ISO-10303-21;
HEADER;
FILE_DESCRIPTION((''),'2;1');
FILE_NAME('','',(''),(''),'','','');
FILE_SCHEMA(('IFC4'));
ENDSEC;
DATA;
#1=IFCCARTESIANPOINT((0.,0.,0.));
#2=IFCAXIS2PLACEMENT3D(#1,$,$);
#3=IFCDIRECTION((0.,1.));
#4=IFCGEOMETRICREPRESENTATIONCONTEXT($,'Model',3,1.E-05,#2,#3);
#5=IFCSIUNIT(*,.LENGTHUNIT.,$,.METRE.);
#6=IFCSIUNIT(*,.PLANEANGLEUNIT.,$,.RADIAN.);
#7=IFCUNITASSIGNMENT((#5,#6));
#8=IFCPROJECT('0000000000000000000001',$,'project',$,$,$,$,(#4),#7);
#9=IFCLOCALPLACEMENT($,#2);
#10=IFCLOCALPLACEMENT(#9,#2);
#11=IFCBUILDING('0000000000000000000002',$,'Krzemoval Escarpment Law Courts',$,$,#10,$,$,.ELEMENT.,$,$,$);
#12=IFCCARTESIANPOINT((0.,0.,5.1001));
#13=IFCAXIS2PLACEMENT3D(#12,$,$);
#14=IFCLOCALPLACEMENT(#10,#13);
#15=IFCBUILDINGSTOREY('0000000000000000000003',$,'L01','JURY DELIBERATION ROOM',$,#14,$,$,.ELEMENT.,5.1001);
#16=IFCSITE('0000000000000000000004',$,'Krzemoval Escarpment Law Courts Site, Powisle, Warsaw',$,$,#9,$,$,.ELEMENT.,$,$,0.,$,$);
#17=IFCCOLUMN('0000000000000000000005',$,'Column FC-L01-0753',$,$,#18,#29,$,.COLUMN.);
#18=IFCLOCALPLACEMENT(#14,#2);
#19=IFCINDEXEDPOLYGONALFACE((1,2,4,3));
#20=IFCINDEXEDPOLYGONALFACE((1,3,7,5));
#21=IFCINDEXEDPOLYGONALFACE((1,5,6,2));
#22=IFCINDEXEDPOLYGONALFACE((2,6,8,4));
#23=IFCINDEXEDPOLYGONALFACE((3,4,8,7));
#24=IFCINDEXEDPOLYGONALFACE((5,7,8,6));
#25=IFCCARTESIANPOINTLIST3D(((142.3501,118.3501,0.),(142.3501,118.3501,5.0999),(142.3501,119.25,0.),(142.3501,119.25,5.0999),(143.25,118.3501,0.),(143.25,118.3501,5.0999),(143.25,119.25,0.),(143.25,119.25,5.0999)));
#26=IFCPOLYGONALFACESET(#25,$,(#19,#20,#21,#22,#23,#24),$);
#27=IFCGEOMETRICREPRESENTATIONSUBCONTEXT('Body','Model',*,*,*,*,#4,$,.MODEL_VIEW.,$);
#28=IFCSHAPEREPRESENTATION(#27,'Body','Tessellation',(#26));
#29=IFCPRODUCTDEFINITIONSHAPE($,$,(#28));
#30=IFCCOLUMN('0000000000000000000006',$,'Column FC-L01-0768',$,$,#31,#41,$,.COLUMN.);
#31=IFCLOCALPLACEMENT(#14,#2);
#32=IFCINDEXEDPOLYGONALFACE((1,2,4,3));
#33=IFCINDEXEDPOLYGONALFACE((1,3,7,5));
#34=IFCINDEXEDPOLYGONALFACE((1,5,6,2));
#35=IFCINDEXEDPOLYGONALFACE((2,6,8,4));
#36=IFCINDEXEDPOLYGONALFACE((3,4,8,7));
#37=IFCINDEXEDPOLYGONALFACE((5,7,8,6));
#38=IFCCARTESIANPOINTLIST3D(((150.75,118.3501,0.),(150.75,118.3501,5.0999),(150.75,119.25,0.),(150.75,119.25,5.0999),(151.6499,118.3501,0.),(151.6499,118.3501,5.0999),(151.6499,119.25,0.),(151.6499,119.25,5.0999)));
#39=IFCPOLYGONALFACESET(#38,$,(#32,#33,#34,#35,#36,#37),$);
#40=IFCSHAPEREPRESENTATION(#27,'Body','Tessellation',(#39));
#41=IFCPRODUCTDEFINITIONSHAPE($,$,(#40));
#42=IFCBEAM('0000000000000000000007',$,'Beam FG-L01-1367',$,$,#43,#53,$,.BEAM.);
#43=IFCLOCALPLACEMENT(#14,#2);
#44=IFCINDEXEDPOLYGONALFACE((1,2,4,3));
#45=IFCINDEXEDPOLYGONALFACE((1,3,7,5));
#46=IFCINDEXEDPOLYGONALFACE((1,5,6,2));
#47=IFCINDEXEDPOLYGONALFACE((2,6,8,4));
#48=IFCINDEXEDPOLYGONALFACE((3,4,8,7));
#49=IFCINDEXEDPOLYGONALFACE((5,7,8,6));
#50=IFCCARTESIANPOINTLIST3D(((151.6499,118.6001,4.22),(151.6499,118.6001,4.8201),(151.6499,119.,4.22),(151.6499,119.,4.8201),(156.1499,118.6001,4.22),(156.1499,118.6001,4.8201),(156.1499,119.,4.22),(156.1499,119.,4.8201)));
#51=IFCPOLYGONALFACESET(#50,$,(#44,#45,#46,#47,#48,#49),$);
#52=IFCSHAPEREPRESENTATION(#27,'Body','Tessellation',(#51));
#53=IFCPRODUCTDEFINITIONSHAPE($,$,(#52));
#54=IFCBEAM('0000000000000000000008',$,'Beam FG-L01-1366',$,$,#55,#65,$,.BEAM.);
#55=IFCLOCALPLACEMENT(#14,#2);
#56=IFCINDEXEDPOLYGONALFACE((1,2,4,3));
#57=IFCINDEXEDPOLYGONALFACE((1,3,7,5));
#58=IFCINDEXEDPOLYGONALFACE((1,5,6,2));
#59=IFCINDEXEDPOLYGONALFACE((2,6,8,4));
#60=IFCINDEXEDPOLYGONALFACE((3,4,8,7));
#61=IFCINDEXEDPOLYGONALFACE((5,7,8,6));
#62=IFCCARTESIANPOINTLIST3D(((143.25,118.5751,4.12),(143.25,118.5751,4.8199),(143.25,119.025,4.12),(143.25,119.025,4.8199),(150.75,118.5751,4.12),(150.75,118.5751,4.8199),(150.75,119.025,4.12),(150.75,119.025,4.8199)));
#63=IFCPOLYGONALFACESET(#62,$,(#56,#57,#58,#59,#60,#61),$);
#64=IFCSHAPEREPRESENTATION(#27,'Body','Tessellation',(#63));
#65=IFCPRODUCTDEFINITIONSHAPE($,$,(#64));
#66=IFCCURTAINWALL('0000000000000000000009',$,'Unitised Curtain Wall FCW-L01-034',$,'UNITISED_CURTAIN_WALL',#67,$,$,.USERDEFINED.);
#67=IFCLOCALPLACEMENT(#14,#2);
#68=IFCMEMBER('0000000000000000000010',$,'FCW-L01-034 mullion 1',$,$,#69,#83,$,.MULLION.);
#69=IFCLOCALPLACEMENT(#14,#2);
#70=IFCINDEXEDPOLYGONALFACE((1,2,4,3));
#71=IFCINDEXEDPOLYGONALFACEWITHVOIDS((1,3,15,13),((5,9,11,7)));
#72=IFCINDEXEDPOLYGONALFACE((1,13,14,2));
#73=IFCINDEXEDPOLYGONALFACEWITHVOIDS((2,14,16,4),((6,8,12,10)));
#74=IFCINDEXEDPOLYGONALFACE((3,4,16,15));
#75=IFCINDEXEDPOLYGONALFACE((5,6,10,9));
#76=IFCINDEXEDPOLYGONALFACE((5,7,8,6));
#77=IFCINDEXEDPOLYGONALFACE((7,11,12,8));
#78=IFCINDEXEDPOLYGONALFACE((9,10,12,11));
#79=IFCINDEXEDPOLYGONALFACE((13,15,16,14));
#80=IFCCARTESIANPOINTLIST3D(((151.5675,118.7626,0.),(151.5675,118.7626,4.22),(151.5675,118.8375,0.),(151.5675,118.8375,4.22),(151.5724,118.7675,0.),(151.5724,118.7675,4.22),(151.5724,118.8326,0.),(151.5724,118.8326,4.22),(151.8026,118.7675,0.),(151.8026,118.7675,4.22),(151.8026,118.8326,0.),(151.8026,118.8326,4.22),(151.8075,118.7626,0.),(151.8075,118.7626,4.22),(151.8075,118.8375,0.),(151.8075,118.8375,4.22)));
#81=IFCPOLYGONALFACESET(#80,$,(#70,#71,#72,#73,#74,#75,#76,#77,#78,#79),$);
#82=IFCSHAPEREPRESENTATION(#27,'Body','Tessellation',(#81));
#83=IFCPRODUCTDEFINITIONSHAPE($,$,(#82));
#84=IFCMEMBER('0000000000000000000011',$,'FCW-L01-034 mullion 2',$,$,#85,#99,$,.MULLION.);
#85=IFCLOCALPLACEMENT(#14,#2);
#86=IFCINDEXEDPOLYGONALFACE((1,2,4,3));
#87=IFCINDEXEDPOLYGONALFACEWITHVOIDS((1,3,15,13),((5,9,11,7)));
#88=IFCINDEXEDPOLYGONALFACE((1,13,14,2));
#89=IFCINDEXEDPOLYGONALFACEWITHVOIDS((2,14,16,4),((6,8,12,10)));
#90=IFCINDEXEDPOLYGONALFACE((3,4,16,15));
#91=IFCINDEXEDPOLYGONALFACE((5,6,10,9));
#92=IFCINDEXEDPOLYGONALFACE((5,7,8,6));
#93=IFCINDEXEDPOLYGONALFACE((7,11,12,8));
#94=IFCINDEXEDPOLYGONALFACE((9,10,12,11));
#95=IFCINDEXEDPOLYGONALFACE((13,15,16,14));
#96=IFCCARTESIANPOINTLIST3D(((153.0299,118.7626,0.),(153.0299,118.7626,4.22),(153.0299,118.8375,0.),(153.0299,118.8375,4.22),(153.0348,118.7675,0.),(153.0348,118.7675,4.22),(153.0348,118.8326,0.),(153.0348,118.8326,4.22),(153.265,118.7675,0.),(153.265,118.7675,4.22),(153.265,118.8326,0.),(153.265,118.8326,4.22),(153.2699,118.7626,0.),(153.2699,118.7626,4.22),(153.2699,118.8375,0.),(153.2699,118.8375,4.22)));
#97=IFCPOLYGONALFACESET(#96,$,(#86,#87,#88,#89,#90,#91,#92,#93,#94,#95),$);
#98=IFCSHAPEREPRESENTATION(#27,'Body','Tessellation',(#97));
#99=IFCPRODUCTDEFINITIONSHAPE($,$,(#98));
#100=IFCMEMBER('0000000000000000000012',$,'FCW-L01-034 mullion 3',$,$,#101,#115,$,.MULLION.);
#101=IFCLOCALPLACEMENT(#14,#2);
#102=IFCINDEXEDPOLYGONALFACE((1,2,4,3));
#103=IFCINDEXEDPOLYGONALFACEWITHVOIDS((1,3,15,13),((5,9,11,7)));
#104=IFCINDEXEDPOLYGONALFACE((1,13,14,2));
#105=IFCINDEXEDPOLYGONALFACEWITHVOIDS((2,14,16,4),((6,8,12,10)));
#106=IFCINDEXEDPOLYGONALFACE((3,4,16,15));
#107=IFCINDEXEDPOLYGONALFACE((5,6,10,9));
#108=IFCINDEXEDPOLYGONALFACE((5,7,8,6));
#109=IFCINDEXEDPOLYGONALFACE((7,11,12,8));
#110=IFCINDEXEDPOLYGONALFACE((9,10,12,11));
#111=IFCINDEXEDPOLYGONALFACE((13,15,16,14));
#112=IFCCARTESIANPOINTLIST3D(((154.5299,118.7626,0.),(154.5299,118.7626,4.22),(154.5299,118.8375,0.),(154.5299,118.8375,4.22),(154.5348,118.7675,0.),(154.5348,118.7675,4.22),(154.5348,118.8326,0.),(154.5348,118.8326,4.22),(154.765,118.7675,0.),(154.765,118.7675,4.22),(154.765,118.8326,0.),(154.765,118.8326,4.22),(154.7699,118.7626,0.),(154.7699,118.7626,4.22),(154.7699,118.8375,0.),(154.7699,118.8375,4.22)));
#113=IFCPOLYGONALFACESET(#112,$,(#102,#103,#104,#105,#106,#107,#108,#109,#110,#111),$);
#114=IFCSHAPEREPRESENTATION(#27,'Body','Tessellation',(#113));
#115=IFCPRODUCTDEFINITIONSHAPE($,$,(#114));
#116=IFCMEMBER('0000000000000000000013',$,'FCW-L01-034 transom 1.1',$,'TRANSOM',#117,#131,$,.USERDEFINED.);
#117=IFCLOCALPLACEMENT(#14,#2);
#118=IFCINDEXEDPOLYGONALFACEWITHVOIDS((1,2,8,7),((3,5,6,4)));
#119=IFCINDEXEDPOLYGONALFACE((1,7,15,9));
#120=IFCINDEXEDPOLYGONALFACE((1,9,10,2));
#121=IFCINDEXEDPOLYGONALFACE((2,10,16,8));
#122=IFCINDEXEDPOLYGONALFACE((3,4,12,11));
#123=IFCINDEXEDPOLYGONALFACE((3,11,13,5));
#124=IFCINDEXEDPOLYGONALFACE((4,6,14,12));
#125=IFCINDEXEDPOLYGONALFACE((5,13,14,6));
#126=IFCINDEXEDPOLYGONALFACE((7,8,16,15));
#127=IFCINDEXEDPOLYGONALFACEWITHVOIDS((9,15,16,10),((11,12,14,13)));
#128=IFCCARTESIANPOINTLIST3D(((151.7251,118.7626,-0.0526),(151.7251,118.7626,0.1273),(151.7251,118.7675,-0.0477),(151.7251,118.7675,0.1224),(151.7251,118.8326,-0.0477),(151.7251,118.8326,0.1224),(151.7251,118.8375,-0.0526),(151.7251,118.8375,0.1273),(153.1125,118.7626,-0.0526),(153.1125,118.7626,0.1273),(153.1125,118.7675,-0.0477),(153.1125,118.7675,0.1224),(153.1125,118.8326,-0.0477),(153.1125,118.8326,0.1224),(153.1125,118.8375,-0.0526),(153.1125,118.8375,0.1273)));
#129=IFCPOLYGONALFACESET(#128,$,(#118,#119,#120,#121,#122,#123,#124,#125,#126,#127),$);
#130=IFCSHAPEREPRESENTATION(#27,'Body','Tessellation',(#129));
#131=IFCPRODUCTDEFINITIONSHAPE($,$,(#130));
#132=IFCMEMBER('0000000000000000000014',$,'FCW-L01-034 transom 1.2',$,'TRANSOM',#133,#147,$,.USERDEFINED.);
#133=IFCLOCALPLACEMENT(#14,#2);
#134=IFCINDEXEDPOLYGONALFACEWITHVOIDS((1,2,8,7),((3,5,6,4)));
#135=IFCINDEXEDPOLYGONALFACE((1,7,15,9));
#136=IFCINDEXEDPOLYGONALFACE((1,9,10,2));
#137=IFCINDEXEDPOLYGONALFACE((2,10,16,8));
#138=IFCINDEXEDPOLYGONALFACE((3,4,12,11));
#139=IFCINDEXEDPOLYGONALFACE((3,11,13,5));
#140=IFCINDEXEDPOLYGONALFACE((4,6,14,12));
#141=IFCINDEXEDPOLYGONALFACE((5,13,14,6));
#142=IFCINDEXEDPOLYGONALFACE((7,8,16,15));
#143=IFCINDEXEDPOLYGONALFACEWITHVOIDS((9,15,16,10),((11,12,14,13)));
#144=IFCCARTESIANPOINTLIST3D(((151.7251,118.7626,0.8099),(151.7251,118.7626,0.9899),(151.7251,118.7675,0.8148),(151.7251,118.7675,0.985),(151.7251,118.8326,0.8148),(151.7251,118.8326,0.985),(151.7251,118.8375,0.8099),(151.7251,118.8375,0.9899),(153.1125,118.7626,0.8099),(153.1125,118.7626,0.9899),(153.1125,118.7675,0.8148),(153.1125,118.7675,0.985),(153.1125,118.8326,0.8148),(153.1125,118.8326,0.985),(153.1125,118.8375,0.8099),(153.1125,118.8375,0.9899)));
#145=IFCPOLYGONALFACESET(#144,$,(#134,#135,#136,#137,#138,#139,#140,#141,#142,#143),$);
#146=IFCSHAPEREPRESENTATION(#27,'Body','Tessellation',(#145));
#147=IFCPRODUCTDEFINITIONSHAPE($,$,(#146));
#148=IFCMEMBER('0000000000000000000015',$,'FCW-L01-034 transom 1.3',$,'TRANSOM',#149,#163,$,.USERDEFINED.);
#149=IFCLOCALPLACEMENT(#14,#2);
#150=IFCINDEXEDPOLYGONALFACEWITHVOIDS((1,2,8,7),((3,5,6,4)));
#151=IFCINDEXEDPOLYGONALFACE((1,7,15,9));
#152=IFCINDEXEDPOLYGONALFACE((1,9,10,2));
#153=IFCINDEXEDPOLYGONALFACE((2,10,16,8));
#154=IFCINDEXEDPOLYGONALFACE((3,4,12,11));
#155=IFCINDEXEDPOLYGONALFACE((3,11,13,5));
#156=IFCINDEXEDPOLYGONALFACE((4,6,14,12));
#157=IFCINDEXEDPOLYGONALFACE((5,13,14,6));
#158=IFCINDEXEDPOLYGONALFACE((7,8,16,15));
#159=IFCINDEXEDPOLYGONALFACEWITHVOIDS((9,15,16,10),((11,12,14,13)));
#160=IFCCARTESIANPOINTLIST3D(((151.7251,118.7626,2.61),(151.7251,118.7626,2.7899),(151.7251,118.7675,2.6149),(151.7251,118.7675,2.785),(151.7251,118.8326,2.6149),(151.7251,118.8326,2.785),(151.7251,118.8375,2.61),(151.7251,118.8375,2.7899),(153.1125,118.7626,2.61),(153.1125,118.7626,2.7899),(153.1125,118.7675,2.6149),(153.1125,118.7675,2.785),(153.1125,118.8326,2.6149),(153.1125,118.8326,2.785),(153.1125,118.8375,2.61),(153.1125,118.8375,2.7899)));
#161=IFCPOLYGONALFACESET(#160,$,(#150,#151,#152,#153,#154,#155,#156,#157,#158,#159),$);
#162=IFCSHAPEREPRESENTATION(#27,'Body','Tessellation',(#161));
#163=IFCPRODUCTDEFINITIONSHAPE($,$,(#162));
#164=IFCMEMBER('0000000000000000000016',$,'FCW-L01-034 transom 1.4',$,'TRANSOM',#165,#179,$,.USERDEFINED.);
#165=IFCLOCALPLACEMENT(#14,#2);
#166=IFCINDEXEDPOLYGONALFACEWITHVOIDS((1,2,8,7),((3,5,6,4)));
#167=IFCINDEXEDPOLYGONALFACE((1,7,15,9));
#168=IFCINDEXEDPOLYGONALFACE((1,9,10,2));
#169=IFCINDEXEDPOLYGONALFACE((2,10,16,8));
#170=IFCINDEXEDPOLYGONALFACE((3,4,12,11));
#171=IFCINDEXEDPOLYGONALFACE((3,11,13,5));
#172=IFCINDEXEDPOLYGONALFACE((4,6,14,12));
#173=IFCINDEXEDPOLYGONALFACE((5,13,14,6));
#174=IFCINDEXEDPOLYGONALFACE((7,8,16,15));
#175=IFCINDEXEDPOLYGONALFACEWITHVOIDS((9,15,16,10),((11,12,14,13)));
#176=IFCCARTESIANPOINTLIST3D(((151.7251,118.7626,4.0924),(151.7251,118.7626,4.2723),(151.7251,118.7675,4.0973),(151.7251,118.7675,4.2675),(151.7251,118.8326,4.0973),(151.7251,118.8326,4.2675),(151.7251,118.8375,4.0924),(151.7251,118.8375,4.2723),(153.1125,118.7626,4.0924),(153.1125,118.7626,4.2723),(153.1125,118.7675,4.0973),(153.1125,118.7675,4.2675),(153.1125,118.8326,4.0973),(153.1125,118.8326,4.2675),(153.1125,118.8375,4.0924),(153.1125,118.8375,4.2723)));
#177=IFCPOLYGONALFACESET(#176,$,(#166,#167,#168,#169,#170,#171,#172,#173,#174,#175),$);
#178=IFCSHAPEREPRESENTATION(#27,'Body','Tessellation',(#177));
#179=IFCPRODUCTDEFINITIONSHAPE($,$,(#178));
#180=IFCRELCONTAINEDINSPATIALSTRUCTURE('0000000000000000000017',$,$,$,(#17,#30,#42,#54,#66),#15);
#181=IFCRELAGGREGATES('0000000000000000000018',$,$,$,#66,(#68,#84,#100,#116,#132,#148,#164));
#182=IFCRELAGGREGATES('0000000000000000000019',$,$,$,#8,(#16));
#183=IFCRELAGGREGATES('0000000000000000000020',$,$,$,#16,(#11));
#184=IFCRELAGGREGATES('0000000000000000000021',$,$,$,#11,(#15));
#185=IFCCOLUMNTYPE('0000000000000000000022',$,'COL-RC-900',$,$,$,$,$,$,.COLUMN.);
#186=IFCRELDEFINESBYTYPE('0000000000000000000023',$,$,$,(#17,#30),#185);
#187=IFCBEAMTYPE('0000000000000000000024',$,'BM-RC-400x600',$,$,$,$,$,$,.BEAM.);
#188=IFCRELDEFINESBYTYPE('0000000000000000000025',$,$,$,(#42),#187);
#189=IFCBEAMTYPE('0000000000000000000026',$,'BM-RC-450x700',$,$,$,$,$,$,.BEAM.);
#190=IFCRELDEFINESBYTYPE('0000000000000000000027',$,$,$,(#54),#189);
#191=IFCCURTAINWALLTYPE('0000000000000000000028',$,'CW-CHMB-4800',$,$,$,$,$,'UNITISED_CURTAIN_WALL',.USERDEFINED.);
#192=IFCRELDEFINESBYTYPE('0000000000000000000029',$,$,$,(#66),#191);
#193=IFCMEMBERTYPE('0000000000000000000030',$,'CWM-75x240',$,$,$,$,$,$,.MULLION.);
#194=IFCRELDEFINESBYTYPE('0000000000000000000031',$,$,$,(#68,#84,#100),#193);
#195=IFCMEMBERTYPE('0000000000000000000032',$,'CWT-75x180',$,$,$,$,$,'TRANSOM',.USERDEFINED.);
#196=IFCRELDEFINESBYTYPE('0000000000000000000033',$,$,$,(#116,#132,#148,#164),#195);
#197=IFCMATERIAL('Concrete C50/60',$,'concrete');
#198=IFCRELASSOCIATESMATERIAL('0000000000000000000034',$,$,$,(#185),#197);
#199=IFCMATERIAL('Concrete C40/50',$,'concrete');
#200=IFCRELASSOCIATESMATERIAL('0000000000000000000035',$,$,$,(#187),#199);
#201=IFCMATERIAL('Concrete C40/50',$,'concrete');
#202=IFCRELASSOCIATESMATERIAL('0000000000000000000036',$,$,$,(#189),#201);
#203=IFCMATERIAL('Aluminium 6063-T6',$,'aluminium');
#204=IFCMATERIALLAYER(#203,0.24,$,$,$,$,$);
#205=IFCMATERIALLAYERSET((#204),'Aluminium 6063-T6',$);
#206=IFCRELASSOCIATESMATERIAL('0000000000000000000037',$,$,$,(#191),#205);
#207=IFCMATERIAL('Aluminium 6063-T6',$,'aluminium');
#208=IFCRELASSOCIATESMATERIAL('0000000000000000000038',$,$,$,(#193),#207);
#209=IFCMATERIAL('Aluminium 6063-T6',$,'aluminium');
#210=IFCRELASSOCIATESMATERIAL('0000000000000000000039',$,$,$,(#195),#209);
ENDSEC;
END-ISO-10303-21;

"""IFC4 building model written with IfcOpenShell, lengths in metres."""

from ifc_helpers import new_model, si_unit, direction, frame, origin, origin_2d, place, context, subcontext, project, spatial, rectangle, hollow_rectangle, extrude, material, layer, layer_set, material_profile, profile_set, type_object, element, aggregate, save


model = new_model("IFC4")

# Units and contexts
model_context = context("Model", 3, precision=1e-05, world=origin(), true_north=direction((0.0, 1.0)))
body_context = subcontext(model_context, "Body", "Model", "MODEL_VIEW")
ifc_project = project(units=[si_unit("LENGTHUNIT", "METRE"), si_unit("PLANEANGLEUNIT", "RADIAN")], contexts=[model_context])

# Site, building, storey
site_placement = place(None, origin())
site = spatial("IfcSite", under=ifc_project, at=site_placement, Name="Krzemoval Escarpment Law Courts Site, Powisle, Warsaw", CompositionType="ELEMENT", RefElevation=0.0)
building_placement = place(site_placement, origin())
building = spatial("IfcBuilding", under=site, at=building_placement, Name="Krzemoval Escarpment Law Courts", CompositionType="ELEMENT")
storey_placement = place(building_placement, frame((0.0, 0.0, 5.1001)))
storey = spatial("IfcBuildingStorey", under=building, at=storey_placement, Name="L01", Description="JURY DELIBERATION ROOM", CompositionType="ELEMENT", Elevation=5.1001)

# Columns
ifc_material_1 = material(Name="Concrete C50/60", Category="concrete")
ifc_material_profile_1 = material_profile(ifc_material_1, rectangle(XDim=0.8999, YDim=0.8999, at=origin_2d()), Name="RC 900x900")
ifc_profile_set_1 = profile_set([ifc_material_profile_1], Name="Concrete C50/60")
column_type = type_object("IfcColumnType", Name="COL-RC-900", PredefinedType="COLUMN", material=ifc_profile_set_1)
for number, where, z_axis, x_axis, name in (
    (1, (142.8, 118.8, 0.0), (0.0, 0.0, 1.0), (1.0, 0.0, 0.0), "Column FC-L01-0753"),
    (2, (151.2, 118.8, 0.0), (0.0, 0.0, 1.0), (1.0, 0.0, 0.0), "Column FC-L01-0768"),
):
    element("IfcColumn", number, at=place(storey_placement, frame(where, z_axis=z_axis, x_axis=x_axis)), inside=storey, type_object=column_type, Name=name, PredefinedType="COLUMN", context=body_context, shape_type="SweptSolid", body=[
        extrude(rectangle(XDim=0.8999, YDim=0.8999, at=origin_2d()), origin(), (0.0, 0.0, 1.0), 5.0999),
    ])

# Beams
ifc_material_2 = material(Name="Concrete C40/50", Category="concrete")
ifc_material_profile_2 = material_profile(ifc_material_2, rectangle(XDim=0.3999, YDim=0.6001, at=origin_2d()), Name="RCB 400x600")
ifc_profile_set_2 = profile_set([ifc_material_profile_2], Name="Concrete C40/50")
beam_type_1 = type_object("IfcBeamType", Name="BM-RC-400x600", PredefinedType="BEAM", material=ifc_profile_set_2)
beam_1_placement = place(storey_placement, frame((151.6499, 118.8, 4.52), z_axis=(1.0, 0.0, 0.0), x_axis=(0.0, 1.0, 0.0)))
element("IfcBeam", 3, at=beam_1_placement, inside=storey, type_object=beam_type_1, Name="Beam FG-L01-1367", PredefinedType="BEAM", context=body_context, shape_type="SweptSolid", body=[
    extrude(rectangle(XDim=0.3999, YDim=0.6001, at=origin_2d()), origin(), (0.0, 0.0, 1.0), 4.5),
])
ifc_material_3 = material(Name="Concrete C40/50", Category="concrete")
ifc_material_profile_3 = material_profile(ifc_material_3, rectangle(XDim=0.45, YDim=0.7, at=origin_2d()), Name="RCB 450x700")
ifc_profile_set_3 = profile_set([ifc_material_profile_3], Name="Concrete C40/50")
beam_type_2 = type_object("IfcBeamType", Name="BM-RC-450x700", PredefinedType="BEAM", material=ifc_profile_set_3)
beam_2_placement = place(storey_placement, frame((143.25, 118.8, 4.47), z_axis=(1.0, 0.0, 0.0), x_axis=(0.0, 1.0, 0.0)))
element("IfcBeam", 4, at=beam_2_placement, inside=storey, type_object=beam_type_2, Name="Beam FG-L01-1366", PredefinedType="BEAM", context=body_context, shape_type="SweptSolid", body=[
    extrude(rectangle(XDim=0.45, YDim=0.7, at=origin_2d()), origin(), (0.0, 0.0, 1.0), 7.5),
])

# Curtain wall, members
ifc_material_4 = material(Name="Aluminium 6063-T6", Category="aluminium")
ifc_layer_1 = layer(ifc_material_4, 0.24)
ifc_layer_set_1 = layer_set([ifc_layer_1], Name="Aluminium 6063-T6")
curtain_wall_type = type_object("IfcCurtainWallType", Name="CW-CHMB-4800", ElementType="UNITISED_CURTAIN_WALL", PredefinedType="USERDEFINED", material=ifc_layer_set_1)
curtain_wall_placement = place(storey_placement, origin())
curtain_wall = element("IfcCurtainWall", 5, at=curtain_wall_placement, inside=storey, type_object=curtain_wall_type, Name="Unitised Curtain Wall FCW-L01-034", ObjectType="UNITISED_CURTAIN_WALL", PredefinedType="USERDEFINED")
ifc_material_5 = material(Name="Aluminium 6063-T6", Category="aluminium")
ifc_material_profile_4 = material_profile(ifc_material_5, hollow_rectangle(XDim=0.075, YDim=0.24, WallThickness=0.0049, at=origin_2d()), Name="ALU M75x240")
ifc_profile_set_4 = profile_set([ifc_material_profile_4], Name="Aluminium 6063-T6")
member_type_1 = type_object("IfcMemberType", Name="CWM-75x240", PredefinedType="MULLION", material=ifc_profile_set_4)
member_1_placement = place(storey_placement, frame((151.6875, 118.8, 0.0), z_axis=(0.0, 0.0, 1.0), x_axis=(0.0, 1.0, 0.0)))
member_1 = element("IfcMember", 6, at=member_1_placement, type_object=member_type_1, Name="FCW-L01-034 mullion 1", PredefinedType="MULLION", context=body_context, shape_type="SweptSolid", body=[
    extrude(hollow_rectangle(XDim=0.075, YDim=0.24, WallThickness=0.0049, at=origin_2d()), origin(), (0.0, 0.0, 1.0), 4.22),
])
member_2_placement = place(storey_placement, frame((153.1499, 118.8, 0.0), z_axis=(0.0, 0.0, 1.0), x_axis=(0.0, 1.0, 0.0)))
member_2 = element("IfcMember", 7, at=member_2_placement, type_object=member_type_1, Name="FCW-L01-034 mullion 2", PredefinedType="MULLION", context=body_context, shape_type="SweptSolid", body=[
    extrude(hollow_rectangle(XDim=0.075, YDim=0.24, WallThickness=0.0049, at=origin_2d()), origin(), (0.0, 0.0, 1.0), 4.22),
])
member_3_placement = place(storey_placement, frame((154.6499, 118.8, 0.0), z_axis=(0.0, 0.0, 1.0), x_axis=(0.0, 1.0, 0.0)))
member_3 = element("IfcMember", 8, at=member_3_placement, type_object=member_type_1, Name="FCW-L01-034 mullion 3", PredefinedType="MULLION", context=body_context, shape_type="SweptSolid", body=[
    extrude(hollow_rectangle(XDim=0.075, YDim=0.24, WallThickness=0.0049, at=origin_2d()), origin(), (0.0, 0.0, 1.0), 4.22),
])
ifc_material_6 = material(Name="Aluminium 6063-T6", Category="aluminium")
ifc_material_profile_5 = material_profile(ifc_material_6, hollow_rectangle(XDim=0.075, YDim=0.1799, WallThickness=0.0049, at=origin_2d()), Name="ALU T75x180")
ifc_profile_set_5 = profile_set([ifc_material_profile_5], Name="Aluminium 6063-T6")
member_type_2 = type_object("IfcMemberType", Name="CWT-75x180", ElementType="TRANSOM", PredefinedType="USERDEFINED", material=ifc_profile_set_5)
member_4_placement = place(storey_placement, frame((151.7251, 118.8, 0.0374), z_axis=(1.0, 0.0, 0.0), x_axis=(0.0, 1.0, 0.0)))
member_4 = element("IfcMember", 9, at=member_4_placement, type_object=member_type_2, Name="FCW-L01-034 transom 1.1", ObjectType="TRANSOM", PredefinedType="USERDEFINED", context=body_context, shape_type="SweptSolid", body=[
    extrude(hollow_rectangle(XDim=0.075, YDim=0.1799, WallThickness=0.0049, at=origin_2d()), origin(), (0.0, 0.0, 1.0), 1.3875),
])
member_5_placement = place(storey_placement, frame((151.7251, 118.8, 0.8999), z_axis=(1.0, 0.0, 0.0), x_axis=(0.0, 1.0, 0.0)))
member_5 = element("IfcMember", 10, at=member_5_placement, type_object=member_type_2, Name="FCW-L01-034 transom 1.2", ObjectType="TRANSOM", PredefinedType="USERDEFINED", context=body_context, shape_type="SweptSolid", body=[
    extrude(hollow_rectangle(XDim=0.075, YDim=0.1799, WallThickness=0.0049, at=origin_2d()), origin(), (0.0, 0.0, 1.0), 1.3875),
])
member_6_placement = place(storey_placement, frame((151.7251, 118.8, 2.7), z_axis=(1.0, 0.0, 0.0), x_axis=(0.0, 1.0, 0.0)))
member_6 = element("IfcMember", 11, at=member_6_placement, type_object=member_type_2, Name="FCW-L01-034 transom 1.3", ObjectType="TRANSOM", PredefinedType="USERDEFINED", context=body_context, shape_type="SweptSolid", body=[
    extrude(hollow_rectangle(XDim=0.075, YDim=0.1799, WallThickness=0.0049, at=origin_2d()), origin(), (0.0, 0.0, 1.0), 1.3875),
])
member_7_placement = place(storey_placement, frame((151.7251, 118.8, 4.1824), z_axis=(1.0, 0.0, 0.0), x_axis=(0.0, 1.0, 0.0)))
member_7 = element("IfcMember", 12, at=member_7_placement, type_object=member_type_2, Name="FCW-L01-034 transom 1.4", ObjectType="TRANSOM", PredefinedType="USERDEFINED", context=body_context, shape_type="SweptSolid", body=[
    extrude(hollow_rectangle(XDim=0.075, YDim=0.1799, WallThickness=0.0049, at=origin_2d()), origin(), (0.0, 0.0, 1.0), 1.3875),
])
aggregate(curtain_wall, [member_1, member_2, member_3, member_4, member_5, member_6, member_7])

save(model, "model.ifc")
